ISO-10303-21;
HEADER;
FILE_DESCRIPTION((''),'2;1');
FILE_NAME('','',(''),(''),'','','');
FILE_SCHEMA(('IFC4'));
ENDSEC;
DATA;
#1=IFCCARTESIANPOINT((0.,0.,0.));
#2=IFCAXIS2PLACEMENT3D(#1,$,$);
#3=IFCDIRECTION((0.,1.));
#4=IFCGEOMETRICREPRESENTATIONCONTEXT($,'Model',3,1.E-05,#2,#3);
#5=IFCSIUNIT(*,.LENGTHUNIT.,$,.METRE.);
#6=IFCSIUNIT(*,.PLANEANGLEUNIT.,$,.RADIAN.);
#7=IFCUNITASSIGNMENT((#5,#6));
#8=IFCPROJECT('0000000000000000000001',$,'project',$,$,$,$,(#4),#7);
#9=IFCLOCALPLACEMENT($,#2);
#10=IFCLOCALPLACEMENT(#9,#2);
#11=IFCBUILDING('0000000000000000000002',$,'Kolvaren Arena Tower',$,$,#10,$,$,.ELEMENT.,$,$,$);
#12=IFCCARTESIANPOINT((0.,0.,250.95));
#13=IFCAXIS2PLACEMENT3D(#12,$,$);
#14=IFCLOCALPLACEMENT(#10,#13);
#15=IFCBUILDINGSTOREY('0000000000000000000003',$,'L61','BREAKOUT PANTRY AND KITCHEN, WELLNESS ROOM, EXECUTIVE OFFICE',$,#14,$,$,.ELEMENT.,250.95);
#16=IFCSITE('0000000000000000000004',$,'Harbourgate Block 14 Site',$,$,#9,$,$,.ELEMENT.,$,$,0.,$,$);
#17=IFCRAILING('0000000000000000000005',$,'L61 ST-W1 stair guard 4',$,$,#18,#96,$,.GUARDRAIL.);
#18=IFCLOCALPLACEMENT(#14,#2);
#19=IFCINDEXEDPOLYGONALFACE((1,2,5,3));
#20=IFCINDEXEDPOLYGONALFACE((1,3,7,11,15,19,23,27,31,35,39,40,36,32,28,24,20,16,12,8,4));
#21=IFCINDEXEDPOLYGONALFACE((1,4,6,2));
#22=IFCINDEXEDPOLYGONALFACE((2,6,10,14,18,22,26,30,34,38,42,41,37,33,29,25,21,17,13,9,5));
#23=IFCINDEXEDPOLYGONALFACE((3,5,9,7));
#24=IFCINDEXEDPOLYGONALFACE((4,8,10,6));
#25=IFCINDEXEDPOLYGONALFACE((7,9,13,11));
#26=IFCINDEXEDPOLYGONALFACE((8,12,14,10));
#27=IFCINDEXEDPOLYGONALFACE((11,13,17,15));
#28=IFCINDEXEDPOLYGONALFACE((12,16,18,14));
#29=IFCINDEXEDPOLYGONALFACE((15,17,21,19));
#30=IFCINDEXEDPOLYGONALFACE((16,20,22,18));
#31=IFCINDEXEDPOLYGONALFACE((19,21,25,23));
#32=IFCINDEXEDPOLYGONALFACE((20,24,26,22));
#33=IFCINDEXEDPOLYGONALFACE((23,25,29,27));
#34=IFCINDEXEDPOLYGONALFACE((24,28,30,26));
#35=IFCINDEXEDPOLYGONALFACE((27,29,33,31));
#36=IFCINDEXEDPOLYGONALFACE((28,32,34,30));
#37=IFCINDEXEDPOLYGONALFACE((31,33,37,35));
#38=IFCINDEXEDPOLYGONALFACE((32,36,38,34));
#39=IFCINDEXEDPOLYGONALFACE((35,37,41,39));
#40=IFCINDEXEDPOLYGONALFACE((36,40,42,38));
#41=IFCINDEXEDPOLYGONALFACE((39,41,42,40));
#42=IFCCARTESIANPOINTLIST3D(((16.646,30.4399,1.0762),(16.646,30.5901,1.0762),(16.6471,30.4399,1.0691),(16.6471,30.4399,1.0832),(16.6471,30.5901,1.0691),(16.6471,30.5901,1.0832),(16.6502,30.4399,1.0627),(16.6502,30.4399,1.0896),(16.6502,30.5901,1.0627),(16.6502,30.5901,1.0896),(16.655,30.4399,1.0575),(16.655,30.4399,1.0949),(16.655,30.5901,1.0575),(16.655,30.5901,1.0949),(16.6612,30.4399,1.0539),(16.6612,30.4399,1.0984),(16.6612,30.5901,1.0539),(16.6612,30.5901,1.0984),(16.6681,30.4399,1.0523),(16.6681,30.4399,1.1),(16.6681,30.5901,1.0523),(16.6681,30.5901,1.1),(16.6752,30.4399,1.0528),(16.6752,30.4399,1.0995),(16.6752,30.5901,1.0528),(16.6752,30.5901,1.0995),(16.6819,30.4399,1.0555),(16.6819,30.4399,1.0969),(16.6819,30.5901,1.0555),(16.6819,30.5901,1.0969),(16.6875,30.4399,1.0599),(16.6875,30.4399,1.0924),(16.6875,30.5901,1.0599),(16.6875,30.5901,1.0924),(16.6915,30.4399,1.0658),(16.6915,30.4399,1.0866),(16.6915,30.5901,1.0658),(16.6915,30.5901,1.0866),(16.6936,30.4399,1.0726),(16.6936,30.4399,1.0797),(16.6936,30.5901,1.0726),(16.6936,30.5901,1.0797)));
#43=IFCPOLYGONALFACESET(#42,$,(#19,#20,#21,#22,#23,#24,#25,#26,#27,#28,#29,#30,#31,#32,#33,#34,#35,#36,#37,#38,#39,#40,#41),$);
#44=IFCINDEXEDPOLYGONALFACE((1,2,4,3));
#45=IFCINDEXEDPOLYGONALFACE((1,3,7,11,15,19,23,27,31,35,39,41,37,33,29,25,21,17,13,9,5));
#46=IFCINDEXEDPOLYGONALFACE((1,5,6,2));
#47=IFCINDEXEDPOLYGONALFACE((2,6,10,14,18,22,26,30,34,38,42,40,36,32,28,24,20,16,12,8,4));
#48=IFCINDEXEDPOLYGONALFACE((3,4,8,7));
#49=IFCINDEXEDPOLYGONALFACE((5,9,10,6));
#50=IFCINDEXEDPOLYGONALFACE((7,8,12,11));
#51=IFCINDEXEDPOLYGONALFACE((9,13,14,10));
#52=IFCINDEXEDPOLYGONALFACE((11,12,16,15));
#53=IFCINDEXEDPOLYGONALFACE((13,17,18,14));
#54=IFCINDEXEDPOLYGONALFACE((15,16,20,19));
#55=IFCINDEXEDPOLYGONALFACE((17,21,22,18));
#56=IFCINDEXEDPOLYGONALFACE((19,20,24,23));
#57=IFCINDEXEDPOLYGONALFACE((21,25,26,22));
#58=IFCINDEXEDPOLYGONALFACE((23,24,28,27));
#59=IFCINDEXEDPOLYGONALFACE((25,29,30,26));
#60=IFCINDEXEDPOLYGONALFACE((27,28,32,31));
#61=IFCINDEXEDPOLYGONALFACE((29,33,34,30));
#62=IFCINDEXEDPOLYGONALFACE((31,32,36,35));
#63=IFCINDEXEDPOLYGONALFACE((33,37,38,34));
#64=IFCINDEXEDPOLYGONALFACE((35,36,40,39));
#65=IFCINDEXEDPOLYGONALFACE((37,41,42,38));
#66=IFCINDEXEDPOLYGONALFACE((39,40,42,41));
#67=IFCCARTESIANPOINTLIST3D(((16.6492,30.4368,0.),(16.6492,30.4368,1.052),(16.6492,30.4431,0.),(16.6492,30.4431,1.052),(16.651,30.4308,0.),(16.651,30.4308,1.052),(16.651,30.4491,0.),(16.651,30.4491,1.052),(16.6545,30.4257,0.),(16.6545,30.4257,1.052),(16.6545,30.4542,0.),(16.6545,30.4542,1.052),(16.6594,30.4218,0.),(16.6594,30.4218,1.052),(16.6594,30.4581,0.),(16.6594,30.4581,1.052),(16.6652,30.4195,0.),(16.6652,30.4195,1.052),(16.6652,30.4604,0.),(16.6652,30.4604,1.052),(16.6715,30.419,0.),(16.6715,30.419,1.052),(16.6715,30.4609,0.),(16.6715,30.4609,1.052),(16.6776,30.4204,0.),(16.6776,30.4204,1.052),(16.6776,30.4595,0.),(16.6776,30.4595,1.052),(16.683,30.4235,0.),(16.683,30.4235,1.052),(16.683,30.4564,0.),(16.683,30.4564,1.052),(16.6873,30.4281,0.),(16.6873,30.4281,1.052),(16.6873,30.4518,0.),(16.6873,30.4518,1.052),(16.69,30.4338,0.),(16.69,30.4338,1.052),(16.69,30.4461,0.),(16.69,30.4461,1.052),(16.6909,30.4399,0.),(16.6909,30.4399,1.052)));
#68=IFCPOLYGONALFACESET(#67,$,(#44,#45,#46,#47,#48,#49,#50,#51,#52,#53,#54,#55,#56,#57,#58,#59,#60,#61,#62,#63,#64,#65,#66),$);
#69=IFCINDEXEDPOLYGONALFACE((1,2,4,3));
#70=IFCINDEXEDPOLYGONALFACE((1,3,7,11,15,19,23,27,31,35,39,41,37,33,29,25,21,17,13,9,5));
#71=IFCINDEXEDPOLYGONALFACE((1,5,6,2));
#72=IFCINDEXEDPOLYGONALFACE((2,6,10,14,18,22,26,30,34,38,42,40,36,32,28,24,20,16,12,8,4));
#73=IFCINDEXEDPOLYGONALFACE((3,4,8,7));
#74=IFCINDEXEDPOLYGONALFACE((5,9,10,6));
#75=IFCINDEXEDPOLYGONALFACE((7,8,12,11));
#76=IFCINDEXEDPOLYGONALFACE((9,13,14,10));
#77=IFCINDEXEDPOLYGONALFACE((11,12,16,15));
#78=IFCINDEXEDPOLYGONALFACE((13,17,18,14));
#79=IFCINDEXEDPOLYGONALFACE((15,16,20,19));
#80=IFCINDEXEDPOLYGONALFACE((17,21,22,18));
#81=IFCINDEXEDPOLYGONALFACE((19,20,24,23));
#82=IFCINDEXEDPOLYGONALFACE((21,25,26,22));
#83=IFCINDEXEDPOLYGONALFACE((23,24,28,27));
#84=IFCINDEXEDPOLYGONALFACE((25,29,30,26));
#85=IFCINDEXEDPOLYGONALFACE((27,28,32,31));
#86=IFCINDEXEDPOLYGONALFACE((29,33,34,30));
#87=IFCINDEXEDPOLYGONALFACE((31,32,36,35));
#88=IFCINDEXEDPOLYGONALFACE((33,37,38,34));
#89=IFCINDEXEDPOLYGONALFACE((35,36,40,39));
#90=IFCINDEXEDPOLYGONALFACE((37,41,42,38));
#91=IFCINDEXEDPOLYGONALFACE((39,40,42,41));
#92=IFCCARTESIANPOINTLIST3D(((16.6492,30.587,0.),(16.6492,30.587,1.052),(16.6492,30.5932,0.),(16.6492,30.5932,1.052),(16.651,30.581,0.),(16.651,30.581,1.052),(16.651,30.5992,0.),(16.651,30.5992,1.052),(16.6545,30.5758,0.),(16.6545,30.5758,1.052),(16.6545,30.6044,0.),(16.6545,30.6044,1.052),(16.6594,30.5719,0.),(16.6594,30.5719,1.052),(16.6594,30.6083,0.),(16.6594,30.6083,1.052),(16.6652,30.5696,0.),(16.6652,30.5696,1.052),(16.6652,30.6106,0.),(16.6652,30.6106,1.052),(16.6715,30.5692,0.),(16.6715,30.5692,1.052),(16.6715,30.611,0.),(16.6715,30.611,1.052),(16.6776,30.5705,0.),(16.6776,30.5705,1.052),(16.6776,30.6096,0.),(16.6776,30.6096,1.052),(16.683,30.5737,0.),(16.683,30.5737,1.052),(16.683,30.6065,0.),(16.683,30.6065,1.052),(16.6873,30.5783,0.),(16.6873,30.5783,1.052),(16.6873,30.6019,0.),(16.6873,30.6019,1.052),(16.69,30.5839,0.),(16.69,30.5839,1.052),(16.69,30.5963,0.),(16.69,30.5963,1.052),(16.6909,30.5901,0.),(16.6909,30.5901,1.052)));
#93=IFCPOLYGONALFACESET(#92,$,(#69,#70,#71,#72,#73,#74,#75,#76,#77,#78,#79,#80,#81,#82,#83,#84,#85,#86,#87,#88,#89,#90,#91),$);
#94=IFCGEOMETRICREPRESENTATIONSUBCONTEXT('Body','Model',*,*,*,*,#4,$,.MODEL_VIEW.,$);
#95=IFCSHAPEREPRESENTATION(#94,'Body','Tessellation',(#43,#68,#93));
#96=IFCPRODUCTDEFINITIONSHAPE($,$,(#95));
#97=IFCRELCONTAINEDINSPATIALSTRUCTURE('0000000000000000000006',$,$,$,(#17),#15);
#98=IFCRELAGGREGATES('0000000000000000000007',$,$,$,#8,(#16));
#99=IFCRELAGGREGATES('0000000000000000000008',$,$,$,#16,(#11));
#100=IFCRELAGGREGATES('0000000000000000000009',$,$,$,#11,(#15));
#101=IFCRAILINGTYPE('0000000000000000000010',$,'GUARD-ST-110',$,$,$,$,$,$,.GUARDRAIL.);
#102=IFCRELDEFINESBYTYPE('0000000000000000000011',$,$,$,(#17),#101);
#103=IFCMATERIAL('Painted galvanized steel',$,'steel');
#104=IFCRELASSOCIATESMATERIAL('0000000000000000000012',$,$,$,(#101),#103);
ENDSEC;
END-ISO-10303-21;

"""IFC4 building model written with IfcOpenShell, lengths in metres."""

from ifc_helpers import new_model, si_unit, direction, frame, origin, origin_2d, place, context, subcontext, project, spatial, circle, extrude, material, type_object, element, save


model = new_model("IFC4")

# Units and contexts
model_context = context("Model", 3, precision=1e-05, world=origin(), true_north=direction((0.0, 1.0)))
body_context = subcontext(model_context, "Body", "Model", "MODEL_VIEW")
ifc_project = project(units=[si_unit("LENGTHUNIT", "METRE"), si_unit("PLANEANGLEUNIT", "RADIAN")], contexts=[model_context])

# Site, building, storey
site_placement = place(None, origin())
site = spatial("IfcSite", under=ifc_project, at=site_placement, Name="Harbourgate Block 14 Site", CompositionType="ELEMENT", RefElevation=0.0)
building_placement = place(site_placement, origin())
building = spatial("IfcBuilding", under=site, at=building_placement, Name="Kolvaren Arena Tower", CompositionType="ELEMENT")
storey_placement = place(building_placement, frame((0.0, 0.0, 250.95)))
storey = spatial("IfcBuildingStorey", under=building, at=storey_placement, Name="L61", Description="BREAKOUT PANTRY AND KITCHEN, WELLNESS ROOM, EXECUTIVE OFFICE", CompositionType="ELEMENT", Elevation=250.95)

# Railing
ifc_material_1 = material(Name="Painted galvanized steel", Category="steel")
railing_type_1 = type_object("IfcRailingType", Name="GUARD-ST-110", PredefinedType="GUARDRAIL", material=ifc_material_1)
railing_1_placement = place(storey_placement, frame((16.6699, 30.4399, 0.0)))
element("IfcRailing", 1, at=railing_1_placement, inside=storey, type_object=railing_type_1, Name="L61 ST-W1 stair guard 4", PredefinedType="GUARDRAIL", context=body_context, shape_type="SweptSolid", body=[
    extrude(circle(Radius=0.0239, at=origin_2d()), frame((0.0, 0.0, 1.0762), z_axis=(0.0, 1.0, 0.0), x_axis=(-1.0, 0.0, 0.0)), (0.0, 0.0, 1.0), 0.1501),
    extrude(circle(Radius=0.021, at=origin_2d()), origin(), (0.0, 0.0, 1.0), 1.052),
    extrude(circle(Radius=0.021, at=origin_2d()), frame((0.0, 0.1501, 0.0)), (0.0, 0.0, 1.0), 1.052),
])

save(model, "model.ifc")
